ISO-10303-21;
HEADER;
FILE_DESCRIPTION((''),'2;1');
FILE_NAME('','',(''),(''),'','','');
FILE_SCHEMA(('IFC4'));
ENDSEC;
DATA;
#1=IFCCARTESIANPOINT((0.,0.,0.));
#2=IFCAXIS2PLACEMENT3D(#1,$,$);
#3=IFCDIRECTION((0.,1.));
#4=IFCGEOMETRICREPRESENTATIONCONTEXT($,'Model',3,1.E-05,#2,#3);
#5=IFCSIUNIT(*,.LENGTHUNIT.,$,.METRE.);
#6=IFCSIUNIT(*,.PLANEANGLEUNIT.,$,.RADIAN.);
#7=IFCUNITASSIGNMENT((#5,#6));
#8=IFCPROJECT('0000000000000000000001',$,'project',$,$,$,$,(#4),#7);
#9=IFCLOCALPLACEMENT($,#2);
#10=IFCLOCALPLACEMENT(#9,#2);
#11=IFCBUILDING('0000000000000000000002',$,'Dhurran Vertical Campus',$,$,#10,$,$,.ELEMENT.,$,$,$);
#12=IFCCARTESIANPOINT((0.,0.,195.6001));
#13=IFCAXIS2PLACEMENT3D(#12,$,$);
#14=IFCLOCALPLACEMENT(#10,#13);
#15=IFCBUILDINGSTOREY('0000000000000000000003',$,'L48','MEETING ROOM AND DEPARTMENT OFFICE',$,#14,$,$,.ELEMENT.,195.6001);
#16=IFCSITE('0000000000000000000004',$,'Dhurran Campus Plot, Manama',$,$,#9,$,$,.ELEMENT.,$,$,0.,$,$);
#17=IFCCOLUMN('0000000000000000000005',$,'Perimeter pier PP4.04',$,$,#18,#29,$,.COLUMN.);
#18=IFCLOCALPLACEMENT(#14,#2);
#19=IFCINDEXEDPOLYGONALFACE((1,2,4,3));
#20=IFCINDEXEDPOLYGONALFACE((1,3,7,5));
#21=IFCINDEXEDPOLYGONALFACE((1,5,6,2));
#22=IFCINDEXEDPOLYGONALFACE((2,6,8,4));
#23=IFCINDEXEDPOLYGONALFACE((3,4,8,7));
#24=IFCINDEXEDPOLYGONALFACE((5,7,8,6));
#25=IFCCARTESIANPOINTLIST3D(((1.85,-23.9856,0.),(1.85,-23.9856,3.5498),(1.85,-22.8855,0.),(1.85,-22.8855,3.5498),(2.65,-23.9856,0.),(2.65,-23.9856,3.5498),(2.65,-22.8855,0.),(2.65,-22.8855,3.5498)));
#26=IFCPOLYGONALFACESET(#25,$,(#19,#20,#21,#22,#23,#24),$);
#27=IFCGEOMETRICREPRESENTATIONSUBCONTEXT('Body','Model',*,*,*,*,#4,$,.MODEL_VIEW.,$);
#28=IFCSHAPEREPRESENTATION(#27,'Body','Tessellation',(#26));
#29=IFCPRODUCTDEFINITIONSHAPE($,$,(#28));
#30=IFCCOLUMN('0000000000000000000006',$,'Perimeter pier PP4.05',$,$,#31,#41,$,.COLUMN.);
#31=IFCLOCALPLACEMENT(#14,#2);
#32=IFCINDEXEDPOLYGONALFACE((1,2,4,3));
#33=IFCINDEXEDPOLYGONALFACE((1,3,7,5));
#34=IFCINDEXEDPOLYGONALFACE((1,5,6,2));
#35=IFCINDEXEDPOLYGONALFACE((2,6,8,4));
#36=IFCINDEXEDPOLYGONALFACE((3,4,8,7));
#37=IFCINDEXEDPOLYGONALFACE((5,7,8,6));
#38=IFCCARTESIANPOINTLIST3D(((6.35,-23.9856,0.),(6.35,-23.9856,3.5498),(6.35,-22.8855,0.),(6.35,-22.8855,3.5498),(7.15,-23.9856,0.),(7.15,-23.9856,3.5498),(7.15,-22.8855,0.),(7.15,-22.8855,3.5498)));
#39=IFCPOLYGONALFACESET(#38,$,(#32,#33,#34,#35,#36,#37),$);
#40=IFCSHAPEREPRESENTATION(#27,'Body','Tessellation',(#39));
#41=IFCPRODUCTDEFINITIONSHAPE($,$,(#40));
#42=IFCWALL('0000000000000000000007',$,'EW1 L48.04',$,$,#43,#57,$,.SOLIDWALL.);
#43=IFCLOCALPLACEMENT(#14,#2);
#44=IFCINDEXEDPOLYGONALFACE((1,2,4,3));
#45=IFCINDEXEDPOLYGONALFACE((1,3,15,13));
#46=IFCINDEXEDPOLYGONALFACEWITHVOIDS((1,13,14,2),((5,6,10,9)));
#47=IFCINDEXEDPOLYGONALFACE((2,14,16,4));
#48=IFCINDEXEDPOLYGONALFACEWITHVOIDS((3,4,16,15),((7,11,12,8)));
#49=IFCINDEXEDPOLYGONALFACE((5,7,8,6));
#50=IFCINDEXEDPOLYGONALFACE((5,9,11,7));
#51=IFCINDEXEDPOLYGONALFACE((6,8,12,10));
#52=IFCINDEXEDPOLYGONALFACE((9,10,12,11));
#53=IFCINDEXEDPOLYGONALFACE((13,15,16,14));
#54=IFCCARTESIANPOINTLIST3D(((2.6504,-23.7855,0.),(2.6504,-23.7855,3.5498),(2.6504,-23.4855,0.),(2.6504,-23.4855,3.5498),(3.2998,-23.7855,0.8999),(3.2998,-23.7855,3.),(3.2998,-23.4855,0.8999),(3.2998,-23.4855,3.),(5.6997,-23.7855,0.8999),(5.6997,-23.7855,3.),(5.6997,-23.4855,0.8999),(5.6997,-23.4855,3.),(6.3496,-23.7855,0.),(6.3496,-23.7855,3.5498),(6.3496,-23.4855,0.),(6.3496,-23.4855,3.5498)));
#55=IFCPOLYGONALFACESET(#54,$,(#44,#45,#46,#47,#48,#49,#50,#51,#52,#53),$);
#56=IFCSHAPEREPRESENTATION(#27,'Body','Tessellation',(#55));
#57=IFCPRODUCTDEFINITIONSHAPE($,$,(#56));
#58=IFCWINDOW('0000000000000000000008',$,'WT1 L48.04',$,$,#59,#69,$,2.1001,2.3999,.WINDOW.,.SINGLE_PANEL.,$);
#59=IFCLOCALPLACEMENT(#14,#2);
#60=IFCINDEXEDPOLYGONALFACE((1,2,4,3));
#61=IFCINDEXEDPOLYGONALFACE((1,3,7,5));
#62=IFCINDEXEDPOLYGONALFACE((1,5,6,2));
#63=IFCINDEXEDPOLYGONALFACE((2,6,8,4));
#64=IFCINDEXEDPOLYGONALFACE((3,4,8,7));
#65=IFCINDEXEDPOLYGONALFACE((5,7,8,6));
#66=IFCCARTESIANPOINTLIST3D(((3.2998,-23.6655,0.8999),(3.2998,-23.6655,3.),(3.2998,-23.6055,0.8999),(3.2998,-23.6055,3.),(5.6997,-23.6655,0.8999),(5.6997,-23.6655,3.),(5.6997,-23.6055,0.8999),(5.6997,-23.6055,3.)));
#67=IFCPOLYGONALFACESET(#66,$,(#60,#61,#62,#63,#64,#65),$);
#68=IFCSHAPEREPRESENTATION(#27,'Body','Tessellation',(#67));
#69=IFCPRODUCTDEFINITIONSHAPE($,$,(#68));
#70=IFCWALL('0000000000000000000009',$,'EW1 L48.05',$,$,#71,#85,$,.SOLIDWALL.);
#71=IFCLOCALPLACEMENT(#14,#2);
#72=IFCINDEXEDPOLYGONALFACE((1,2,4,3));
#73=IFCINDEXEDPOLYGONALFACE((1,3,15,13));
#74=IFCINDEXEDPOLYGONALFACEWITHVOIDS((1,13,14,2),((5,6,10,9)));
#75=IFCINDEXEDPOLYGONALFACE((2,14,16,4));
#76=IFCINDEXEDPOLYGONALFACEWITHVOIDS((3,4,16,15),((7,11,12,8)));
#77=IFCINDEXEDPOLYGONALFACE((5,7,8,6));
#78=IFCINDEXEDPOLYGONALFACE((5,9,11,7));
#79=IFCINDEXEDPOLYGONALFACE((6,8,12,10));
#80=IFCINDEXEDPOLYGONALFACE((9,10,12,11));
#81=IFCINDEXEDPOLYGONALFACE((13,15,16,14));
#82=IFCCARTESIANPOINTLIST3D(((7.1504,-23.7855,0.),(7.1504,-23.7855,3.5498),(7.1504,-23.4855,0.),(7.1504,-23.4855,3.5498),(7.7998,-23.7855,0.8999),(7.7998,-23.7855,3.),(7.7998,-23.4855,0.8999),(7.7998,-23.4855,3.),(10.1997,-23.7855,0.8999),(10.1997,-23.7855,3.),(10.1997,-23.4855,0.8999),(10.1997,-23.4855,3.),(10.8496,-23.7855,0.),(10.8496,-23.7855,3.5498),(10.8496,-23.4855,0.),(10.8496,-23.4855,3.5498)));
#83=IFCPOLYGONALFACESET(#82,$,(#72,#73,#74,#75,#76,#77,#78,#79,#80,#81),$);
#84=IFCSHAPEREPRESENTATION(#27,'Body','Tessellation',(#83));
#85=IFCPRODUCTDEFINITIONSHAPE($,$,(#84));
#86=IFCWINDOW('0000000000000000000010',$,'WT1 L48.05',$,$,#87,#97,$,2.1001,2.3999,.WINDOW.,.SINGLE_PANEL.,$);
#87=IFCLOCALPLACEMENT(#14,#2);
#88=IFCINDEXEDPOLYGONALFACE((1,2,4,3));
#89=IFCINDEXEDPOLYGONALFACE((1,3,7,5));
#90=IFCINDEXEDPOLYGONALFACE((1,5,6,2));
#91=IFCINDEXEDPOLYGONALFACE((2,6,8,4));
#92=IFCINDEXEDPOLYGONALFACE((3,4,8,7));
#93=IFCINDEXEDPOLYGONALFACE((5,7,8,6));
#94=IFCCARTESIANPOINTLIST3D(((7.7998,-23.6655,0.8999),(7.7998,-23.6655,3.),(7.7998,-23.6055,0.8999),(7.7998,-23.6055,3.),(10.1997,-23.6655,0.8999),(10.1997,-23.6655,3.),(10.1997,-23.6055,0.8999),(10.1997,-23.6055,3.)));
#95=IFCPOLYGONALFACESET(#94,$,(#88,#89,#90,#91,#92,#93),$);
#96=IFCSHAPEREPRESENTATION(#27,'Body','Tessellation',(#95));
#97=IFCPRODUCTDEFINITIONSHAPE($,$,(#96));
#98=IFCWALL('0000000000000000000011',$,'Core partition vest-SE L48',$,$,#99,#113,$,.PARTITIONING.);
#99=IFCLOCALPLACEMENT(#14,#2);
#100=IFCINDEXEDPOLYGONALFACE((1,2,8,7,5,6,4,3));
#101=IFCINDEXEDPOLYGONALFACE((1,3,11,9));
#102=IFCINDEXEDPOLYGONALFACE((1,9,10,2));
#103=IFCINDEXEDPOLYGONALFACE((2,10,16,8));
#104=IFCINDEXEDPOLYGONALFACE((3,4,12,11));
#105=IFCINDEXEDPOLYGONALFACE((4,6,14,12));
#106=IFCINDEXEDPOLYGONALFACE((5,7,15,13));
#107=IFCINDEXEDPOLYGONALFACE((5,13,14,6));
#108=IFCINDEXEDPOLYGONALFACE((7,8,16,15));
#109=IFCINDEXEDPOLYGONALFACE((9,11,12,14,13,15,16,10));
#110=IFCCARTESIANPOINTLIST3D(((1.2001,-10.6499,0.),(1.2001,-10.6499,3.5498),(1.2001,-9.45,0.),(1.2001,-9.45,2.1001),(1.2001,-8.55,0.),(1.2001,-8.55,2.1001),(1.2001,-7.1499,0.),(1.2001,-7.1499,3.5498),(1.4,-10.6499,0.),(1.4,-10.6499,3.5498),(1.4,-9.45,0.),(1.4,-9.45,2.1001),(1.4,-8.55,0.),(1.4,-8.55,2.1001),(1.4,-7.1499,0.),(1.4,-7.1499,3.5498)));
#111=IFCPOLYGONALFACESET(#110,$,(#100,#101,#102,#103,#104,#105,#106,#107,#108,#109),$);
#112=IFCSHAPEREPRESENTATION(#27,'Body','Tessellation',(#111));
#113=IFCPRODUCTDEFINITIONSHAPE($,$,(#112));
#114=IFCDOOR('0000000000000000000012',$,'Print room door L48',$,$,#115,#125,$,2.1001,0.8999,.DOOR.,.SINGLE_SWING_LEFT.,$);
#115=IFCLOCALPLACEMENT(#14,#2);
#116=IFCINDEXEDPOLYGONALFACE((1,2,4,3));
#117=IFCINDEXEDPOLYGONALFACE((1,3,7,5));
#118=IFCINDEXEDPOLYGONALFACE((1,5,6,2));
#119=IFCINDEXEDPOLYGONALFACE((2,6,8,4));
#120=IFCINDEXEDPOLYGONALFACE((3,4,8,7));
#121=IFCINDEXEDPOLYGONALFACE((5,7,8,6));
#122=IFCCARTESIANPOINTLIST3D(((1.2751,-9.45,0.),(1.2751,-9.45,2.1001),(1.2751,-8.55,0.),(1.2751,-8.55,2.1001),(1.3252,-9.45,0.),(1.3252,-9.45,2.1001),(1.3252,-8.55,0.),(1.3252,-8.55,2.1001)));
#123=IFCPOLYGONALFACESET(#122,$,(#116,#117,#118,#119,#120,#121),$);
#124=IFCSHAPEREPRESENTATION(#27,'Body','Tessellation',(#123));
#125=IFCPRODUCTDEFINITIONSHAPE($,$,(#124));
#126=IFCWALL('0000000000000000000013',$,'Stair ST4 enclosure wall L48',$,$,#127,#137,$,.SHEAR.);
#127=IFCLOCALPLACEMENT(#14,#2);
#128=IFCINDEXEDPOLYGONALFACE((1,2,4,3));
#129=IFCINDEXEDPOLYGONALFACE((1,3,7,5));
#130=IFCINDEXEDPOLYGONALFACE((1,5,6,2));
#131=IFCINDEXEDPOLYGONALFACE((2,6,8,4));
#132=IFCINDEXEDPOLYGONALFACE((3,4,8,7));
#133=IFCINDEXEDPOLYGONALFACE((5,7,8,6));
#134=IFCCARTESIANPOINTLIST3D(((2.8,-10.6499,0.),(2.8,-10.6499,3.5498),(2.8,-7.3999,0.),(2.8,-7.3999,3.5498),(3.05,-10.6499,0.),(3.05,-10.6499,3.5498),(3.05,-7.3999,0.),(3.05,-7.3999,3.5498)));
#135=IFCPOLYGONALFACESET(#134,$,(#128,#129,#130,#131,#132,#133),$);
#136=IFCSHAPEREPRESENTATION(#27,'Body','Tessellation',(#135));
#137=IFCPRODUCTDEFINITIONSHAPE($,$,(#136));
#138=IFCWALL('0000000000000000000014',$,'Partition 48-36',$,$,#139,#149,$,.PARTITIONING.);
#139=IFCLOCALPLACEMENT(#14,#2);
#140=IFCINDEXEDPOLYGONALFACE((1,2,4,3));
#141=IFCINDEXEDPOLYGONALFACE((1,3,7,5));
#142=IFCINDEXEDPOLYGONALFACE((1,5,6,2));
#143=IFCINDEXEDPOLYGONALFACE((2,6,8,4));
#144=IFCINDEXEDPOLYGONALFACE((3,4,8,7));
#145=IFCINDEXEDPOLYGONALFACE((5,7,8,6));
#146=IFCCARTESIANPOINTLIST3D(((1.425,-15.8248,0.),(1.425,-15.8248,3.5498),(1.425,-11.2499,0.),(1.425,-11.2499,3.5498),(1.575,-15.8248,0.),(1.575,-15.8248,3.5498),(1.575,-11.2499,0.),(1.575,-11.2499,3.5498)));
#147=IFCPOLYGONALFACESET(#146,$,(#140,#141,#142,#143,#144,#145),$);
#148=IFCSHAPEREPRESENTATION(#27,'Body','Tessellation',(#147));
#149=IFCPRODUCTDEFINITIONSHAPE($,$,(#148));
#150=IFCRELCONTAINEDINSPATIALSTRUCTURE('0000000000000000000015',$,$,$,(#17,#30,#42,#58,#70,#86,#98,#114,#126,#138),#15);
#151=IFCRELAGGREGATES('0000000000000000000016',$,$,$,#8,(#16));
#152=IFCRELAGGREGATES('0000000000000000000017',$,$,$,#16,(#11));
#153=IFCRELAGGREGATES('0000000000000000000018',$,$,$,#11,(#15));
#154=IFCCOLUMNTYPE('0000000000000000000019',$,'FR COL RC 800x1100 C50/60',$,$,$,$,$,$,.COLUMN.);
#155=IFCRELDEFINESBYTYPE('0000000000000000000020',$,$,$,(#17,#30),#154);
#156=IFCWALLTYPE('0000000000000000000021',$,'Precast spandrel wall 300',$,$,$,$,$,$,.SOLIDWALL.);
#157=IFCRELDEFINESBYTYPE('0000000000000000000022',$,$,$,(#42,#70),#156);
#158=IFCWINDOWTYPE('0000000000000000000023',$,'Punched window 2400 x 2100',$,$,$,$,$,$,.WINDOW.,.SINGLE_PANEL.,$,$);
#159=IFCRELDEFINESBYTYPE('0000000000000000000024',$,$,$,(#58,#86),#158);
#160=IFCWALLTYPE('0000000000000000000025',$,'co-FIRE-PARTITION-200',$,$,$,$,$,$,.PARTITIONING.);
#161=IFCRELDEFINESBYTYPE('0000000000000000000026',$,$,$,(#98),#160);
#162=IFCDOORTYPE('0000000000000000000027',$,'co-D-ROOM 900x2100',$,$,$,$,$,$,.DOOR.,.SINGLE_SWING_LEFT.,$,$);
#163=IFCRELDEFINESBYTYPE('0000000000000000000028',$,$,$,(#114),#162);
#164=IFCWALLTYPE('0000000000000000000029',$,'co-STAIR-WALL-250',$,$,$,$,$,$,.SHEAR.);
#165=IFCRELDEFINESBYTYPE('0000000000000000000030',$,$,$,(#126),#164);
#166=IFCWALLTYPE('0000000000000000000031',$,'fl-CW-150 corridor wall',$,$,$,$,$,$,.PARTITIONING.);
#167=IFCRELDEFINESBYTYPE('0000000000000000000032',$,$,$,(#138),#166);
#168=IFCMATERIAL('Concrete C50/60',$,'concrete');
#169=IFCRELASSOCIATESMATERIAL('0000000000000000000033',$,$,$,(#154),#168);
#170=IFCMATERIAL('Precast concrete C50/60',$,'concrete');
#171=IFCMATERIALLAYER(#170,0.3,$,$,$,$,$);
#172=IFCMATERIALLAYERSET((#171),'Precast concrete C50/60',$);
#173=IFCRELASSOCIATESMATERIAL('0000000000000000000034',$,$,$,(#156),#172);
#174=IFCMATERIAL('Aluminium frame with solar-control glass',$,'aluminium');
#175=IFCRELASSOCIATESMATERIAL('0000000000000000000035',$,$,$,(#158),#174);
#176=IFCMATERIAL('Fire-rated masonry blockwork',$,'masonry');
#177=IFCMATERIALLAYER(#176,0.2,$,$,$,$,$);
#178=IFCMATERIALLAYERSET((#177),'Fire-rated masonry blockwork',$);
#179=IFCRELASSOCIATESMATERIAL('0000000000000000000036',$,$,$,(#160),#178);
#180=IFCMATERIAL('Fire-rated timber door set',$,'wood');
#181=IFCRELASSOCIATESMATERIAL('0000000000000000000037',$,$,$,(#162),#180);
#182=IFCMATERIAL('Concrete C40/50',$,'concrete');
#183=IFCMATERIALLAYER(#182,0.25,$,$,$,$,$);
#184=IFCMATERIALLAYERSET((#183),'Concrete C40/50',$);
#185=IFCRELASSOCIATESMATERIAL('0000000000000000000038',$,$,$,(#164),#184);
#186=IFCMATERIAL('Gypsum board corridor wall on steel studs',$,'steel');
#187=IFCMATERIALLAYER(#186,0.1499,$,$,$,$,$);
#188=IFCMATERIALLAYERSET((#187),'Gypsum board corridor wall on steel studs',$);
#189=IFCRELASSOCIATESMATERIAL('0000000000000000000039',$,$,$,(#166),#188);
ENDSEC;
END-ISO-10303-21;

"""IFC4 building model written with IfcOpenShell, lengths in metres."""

from ifc_helpers import new_model, si_unit, direction, frame, frame_2d, origin, origin_2d, place, context, subcontext, project, spatial, rectangle, extrude, material, layer, layer_set, material_profile, profile_set, type_object, element, fill, save


model = new_model("IFC4")

# Units and contexts
model_context = context("Model", 3, precision=1e-05, world=origin(), true_north=direction((0.0, 1.0)))
body_context = subcontext(model_context, "Body", "Model", "MODEL_VIEW")
ifc_project = project(units=[si_unit("LENGTHUNIT", "METRE"), si_unit("PLANEANGLEUNIT", "RADIAN")], contexts=[model_context])

# Site, building, storey
site_placement = place(None, origin())
site = spatial("IfcSite", under=ifc_project, at=site_placement, Name="Dhurran Campus Plot, Manama", CompositionType="ELEMENT", RefElevation=0.0)
building_placement = place(site_placement, origin())
building = spatial("IfcBuilding", under=site, at=building_placement, Name="Dhurran Vertical Campus", CompositionType="ELEMENT")
storey_placement = place(building_placement, frame((0.0, 0.0, 195.6001)))
storey = spatial("IfcBuildingStorey", under=building, at=storey_placement, Name="L48", Description="MEETING ROOM AND DEPARTMENT OFFICE", CompositionType="ELEMENT", Elevation=195.6001)

# Columns
ifc_material_1 = material(Name="Concrete C50/60", Category="concrete")
ifc_material_profile = material_profile(ifc_material_1, rectangle(XDim=0.8, YDim=1.1001, at=origin_2d()), Name="RC 800x1100")
ifc_profile_set = profile_set([ifc_material_profile], Name="Concrete C50/60")
column_type = type_object("IfcColumnType", Name="FR COL RC 800x1100 C50/60", PredefinedType="COLUMN", material=ifc_profile_set)
for number, where, z_axis, x_axis, name in (
    (1, (2.25, -23.4355, 0.0), (0.0, 0.0, 1.0), (1.0, 0.0, 0.0), "Perimeter pier PP4.04"),
    (2, (6.75, -23.4355, 0.0), (0.0, 0.0, 1.0), (1.0, 0.0, 0.0), "Perimeter pier PP4.05"),
):
    element("IfcColumn", number, at=place(storey_placement, frame(where, z_axis=z_axis, x_axis=x_axis)), inside=storey, type_object=column_type, Name=name, PredefinedType="COLUMN", context=body_context, shape_type="SweptSolid", body=[
        extrude(rectangle(XDim=0.8, YDim=1.1001, at=origin_2d()), origin(), (0.0, 0.0, 1.0), 3.5498),
    ])

# Walls, openings, windows
ifc_material_2 = material(Name="Precast concrete C50/60", Category="concrete")
ifc_layer_1 = layer(ifc_material_2, 0.3)
ifc_layer_set_1 = layer_set([ifc_layer_1], Name="Precast concrete C50/60")
wall_type_1 = type_object("IfcWallType", Name="Precast spandrel wall 300", PredefinedType="SOLIDWALL", material=ifc_layer_set_1)
wall_1_placement = place(storey_placement, frame((2.6504, -23.6355, 0.0), z_axis=(0.0, 0.0, 1.0), x_axis=(1.0, 0.0, 0.0)))
wall_1 = element("IfcWall", 3, at=wall_1_placement, inside=storey, type_object=wall_type_1, Name="EW1 L48.04", PredefinedType="SOLIDWALL", context=body_context, shape_type="SweptSolid", body=[
    extrude(rectangle(XDim=3.6992, YDim=0.3, at=frame_2d((1.8496, 0.0))), origin(), (0.0, 0.0, 1.0), 3.5498),
])
opening_1_placement = place(wall_1_placement, frame((0.6494, 0.0, 0.8999)))
opening_1 = element("IfcOpeningElement", 4, at=opening_1_placement, cuts=wall_1, PredefinedType="OPENING", context=body_context, shape_type="SweptSolid", body=[
    extrude(rectangle(XDim=2.3999, YDim=2.1001, at=frame_2d((1.2, 1.05))), frame((0.0, 0.1599, 0.0), z_axis=(0.0, -1.0, 0.0), x_axis=(1.0, 0.0, 0.0)), (0.0, 0.0, 1.0), 0.3201),
])
ifc_material_3 = material(Name="Aluminium frame with solar-control glass", Category="aluminium")
window_type = type_object("IfcWindowType", Name="Punched window 2400 x 2100", PartitioningType="SINGLE_PANEL", PredefinedType="WINDOW", material=ifc_material_3)
window_1_placement = place(opening_1_placement, origin())
window_1 = element("IfcWindow", 5, at=window_1_placement, inside=storey, type_object=window_type, Name="WT1 L48.04", OverallHeight=2.1001, OverallWidth=2.3999, PartitioningType="SINGLE_PANEL", PredefinedType="WINDOW", context=body_context, shape_type="SweptSolid", body=[
    extrude(rectangle(XDim=2.3999, YDim=2.1001, at=frame_2d((1.2, 1.05))), frame((0.0, 0.03, 0.0), z_axis=(0.0, -1.0, 0.0), x_axis=(1.0, 0.0, 0.0)), (0.0, 0.0, 1.0), 0.0601),
])
fill(opening_1, window_1)
wall_2_placement = place(storey_placement, frame((7.1504, -23.6355, 0.0), z_axis=(0.0, 0.0, 1.0), x_axis=(1.0, 0.0, 0.0)))
wall_2 = element("IfcWall", 6, at=wall_2_placement, inside=storey, type_object=wall_type_1, Name="EW1 L48.05", PredefinedType="SOLIDWALL", context=body_context, shape_type="SweptSolid", body=[
    extrude(rectangle(XDim=3.6992, YDim=0.3, at=frame_2d((1.8496, 0.0))), origin(), (0.0, 0.0, 1.0), 3.5498),
])
opening_2_placement = place(wall_2_placement, frame((0.6494, 0.0, 0.8999)))
opening_2 = element("IfcOpeningElement", 7, at=opening_2_placement, cuts=wall_2, PredefinedType="OPENING", context=body_context, shape_type="SweptSolid", body=[
    extrude(rectangle(XDim=2.3999, YDim=2.1001, at=frame_2d((1.2, 1.05))), frame((0.0, 0.1599, 0.0), z_axis=(0.0, -1.0, 0.0), x_axis=(1.0, 0.0, 0.0)), (0.0, 0.0, 1.0), 0.3201),
])
window_2_placement = place(opening_2_placement, origin())
window_2 = element("IfcWindow", 8, at=window_2_placement, inside=storey, type_object=window_type, Name="WT1 L48.05", OverallHeight=2.1001, OverallWidth=2.3999, PartitioningType="SINGLE_PANEL", PredefinedType="WINDOW", context=body_context, shape_type="SweptSolid", body=[
    extrude(rectangle(XDim=2.3999, YDim=2.1001, at=frame_2d((1.2, 1.05))), frame((0.0, 0.03, 0.0), z_axis=(0.0, -1.0, 0.0), x_axis=(1.0, 0.0, 0.0)), (0.0, 0.0, 1.0), 0.0601),
])
fill(opening_2, window_2)

# Wall, opening, door
ifc_material_4 = material(Name="Fire-rated masonry blockwork", Category="masonry")
ifc_layer_2 = layer(ifc_material_4, 0.2)
ifc_layer_set_2 = layer_set([ifc_layer_2], Name="Fire-rated masonry blockwork")
wall_type_2 = type_object("IfcWallType", Name="co-FIRE-PARTITION-200", PredefinedType="PARTITIONING", material=ifc_layer_set_2)
wall_3_placement = place(storey_placement, frame((1.3, -10.6499, 0.0), z_axis=(0.0, 0.0, 1.0), x_axis=(0.0, 1.0, 0.0)))
wall_3 = element("IfcWall", 9, at=wall_3_placement, inside=storey, type_object=wall_type_2, Name="Core partition vest-SE L48", PredefinedType="PARTITIONING", context=body_context, shape_type="SweptSolid", body=[
    extrude(rectangle(XDim=3.5, YDim=0.2, at=frame_2d((1.75, 0.0))), origin(), (0.0, 0.0, 1.0), 3.5498),
])
opening_3_placement = place(wall_3_placement, frame((1.2, 0.0, 0.0)))
opening_3 = element("IfcOpeningElement", 10, at=opening_3_placement, cuts=wall_3, PredefinedType="OPENING", context=body_context, shape_type="SweptSolid", body=[
    extrude(rectangle(XDim=0.8999, YDim=2.1001, at=frame_2d((0.45, 1.05))), frame((0.0, 0.1099, 0.0), z_axis=(0.0, -1.0, 0.0), x_axis=(1.0, 0.0, 0.0)), (0.0, 0.0, 1.0), 0.22),
])
ifc_material_5 = material(Name="Fire-rated timber door set", Category="wood")
door_type_1 = type_object("IfcDoorType", Name="co-D-ROOM 900x2100", OperationType="SINGLE_SWING_LEFT", PredefinedType="DOOR", material=ifc_material_5)
door_1_placement = place(opening_3_placement, origin())
door_1 = element("IfcDoor", 11, at=door_1_placement, inside=storey, type_object=door_type_1, Name="Print room door L48", OperationType="SINGLE_SWING_LEFT", OverallHeight=2.1001, OverallWidth=0.8999, PredefinedType="DOOR", context=body_context, shape_type="SweptSolid", body=[
    extrude(rectangle(XDim=0.8999, YDim=2.1001, at=frame_2d((0.45, 1.05))), frame((0.0, 0.0249, 0.0), z_axis=(0.0, -1.0, 0.0), x_axis=(1.0, 0.0, 0.0)), (0.0, 0.0, 1.0), 0.05),
])
fill(opening_3, door_1)

# Walls
ifc_material_6 = material(Name="Concrete C40/50", Category="concrete")
ifc_layer_3 = layer(ifc_material_6, 0.25)
ifc_layer_set_3 = layer_set([ifc_layer_3], Name="Concrete C40/50")
wall_type_3 = type_object("IfcWallType", Name="co-STAIR-WALL-250", PredefinedType="SHEAR", material=ifc_layer_set_3)
wall_4_placement = place(storey_placement, frame((2.925, -10.6499, 0.0), z_axis=(0.0, 0.0, 1.0), x_axis=(0.0, 1.0, 0.0)))
element("IfcWall", 12, at=wall_4_placement, inside=storey, type_object=wall_type_3, Name="Stair ST4 enclosure wall L48", PredefinedType="SHEAR", context=body_context, shape_type="SweptSolid", body=[
    extrude(rectangle(XDim=3.25, YDim=0.25, at=frame_2d((1.625, 0.0))), origin(), (0.0, 0.0, 1.0), 3.5498),
])
ifc_material_7 = material(Name="Gypsum board corridor wall on steel studs", Category="steel")
ifc_layer_4 = layer(ifc_material_7, 0.1499)
ifc_layer_set_4 = layer_set([ifc_layer_4], Name="Gypsum board corridor wall on steel studs")
wall_type_4 = type_object("IfcWallType", Name="fl-CW-150 corridor wall", PredefinedType="PARTITIONING", material=ifc_layer_set_4)
wall_5_placement = place(storey_placement, frame((1.5, -15.825, 0.0), z_axis=(0.0, 0.0, 1.0), x_axis=(0.0, 1.0, 0.0)))
element("IfcWall", 13, at=wall_5_placement, inside=storey, type_object=wall_type_4, Name="Partition 48-36", PredefinedType="PARTITIONING", context=body_context, shape_type="SweptSolid", body=[
    extrude(rectangle(XDim=4.575, YDim=0.1499, at=frame_2d((2.2876, 0.0))), origin(), (0.0, 0.0, 1.0), 3.5498),
])

save(model, "model.ifc")
